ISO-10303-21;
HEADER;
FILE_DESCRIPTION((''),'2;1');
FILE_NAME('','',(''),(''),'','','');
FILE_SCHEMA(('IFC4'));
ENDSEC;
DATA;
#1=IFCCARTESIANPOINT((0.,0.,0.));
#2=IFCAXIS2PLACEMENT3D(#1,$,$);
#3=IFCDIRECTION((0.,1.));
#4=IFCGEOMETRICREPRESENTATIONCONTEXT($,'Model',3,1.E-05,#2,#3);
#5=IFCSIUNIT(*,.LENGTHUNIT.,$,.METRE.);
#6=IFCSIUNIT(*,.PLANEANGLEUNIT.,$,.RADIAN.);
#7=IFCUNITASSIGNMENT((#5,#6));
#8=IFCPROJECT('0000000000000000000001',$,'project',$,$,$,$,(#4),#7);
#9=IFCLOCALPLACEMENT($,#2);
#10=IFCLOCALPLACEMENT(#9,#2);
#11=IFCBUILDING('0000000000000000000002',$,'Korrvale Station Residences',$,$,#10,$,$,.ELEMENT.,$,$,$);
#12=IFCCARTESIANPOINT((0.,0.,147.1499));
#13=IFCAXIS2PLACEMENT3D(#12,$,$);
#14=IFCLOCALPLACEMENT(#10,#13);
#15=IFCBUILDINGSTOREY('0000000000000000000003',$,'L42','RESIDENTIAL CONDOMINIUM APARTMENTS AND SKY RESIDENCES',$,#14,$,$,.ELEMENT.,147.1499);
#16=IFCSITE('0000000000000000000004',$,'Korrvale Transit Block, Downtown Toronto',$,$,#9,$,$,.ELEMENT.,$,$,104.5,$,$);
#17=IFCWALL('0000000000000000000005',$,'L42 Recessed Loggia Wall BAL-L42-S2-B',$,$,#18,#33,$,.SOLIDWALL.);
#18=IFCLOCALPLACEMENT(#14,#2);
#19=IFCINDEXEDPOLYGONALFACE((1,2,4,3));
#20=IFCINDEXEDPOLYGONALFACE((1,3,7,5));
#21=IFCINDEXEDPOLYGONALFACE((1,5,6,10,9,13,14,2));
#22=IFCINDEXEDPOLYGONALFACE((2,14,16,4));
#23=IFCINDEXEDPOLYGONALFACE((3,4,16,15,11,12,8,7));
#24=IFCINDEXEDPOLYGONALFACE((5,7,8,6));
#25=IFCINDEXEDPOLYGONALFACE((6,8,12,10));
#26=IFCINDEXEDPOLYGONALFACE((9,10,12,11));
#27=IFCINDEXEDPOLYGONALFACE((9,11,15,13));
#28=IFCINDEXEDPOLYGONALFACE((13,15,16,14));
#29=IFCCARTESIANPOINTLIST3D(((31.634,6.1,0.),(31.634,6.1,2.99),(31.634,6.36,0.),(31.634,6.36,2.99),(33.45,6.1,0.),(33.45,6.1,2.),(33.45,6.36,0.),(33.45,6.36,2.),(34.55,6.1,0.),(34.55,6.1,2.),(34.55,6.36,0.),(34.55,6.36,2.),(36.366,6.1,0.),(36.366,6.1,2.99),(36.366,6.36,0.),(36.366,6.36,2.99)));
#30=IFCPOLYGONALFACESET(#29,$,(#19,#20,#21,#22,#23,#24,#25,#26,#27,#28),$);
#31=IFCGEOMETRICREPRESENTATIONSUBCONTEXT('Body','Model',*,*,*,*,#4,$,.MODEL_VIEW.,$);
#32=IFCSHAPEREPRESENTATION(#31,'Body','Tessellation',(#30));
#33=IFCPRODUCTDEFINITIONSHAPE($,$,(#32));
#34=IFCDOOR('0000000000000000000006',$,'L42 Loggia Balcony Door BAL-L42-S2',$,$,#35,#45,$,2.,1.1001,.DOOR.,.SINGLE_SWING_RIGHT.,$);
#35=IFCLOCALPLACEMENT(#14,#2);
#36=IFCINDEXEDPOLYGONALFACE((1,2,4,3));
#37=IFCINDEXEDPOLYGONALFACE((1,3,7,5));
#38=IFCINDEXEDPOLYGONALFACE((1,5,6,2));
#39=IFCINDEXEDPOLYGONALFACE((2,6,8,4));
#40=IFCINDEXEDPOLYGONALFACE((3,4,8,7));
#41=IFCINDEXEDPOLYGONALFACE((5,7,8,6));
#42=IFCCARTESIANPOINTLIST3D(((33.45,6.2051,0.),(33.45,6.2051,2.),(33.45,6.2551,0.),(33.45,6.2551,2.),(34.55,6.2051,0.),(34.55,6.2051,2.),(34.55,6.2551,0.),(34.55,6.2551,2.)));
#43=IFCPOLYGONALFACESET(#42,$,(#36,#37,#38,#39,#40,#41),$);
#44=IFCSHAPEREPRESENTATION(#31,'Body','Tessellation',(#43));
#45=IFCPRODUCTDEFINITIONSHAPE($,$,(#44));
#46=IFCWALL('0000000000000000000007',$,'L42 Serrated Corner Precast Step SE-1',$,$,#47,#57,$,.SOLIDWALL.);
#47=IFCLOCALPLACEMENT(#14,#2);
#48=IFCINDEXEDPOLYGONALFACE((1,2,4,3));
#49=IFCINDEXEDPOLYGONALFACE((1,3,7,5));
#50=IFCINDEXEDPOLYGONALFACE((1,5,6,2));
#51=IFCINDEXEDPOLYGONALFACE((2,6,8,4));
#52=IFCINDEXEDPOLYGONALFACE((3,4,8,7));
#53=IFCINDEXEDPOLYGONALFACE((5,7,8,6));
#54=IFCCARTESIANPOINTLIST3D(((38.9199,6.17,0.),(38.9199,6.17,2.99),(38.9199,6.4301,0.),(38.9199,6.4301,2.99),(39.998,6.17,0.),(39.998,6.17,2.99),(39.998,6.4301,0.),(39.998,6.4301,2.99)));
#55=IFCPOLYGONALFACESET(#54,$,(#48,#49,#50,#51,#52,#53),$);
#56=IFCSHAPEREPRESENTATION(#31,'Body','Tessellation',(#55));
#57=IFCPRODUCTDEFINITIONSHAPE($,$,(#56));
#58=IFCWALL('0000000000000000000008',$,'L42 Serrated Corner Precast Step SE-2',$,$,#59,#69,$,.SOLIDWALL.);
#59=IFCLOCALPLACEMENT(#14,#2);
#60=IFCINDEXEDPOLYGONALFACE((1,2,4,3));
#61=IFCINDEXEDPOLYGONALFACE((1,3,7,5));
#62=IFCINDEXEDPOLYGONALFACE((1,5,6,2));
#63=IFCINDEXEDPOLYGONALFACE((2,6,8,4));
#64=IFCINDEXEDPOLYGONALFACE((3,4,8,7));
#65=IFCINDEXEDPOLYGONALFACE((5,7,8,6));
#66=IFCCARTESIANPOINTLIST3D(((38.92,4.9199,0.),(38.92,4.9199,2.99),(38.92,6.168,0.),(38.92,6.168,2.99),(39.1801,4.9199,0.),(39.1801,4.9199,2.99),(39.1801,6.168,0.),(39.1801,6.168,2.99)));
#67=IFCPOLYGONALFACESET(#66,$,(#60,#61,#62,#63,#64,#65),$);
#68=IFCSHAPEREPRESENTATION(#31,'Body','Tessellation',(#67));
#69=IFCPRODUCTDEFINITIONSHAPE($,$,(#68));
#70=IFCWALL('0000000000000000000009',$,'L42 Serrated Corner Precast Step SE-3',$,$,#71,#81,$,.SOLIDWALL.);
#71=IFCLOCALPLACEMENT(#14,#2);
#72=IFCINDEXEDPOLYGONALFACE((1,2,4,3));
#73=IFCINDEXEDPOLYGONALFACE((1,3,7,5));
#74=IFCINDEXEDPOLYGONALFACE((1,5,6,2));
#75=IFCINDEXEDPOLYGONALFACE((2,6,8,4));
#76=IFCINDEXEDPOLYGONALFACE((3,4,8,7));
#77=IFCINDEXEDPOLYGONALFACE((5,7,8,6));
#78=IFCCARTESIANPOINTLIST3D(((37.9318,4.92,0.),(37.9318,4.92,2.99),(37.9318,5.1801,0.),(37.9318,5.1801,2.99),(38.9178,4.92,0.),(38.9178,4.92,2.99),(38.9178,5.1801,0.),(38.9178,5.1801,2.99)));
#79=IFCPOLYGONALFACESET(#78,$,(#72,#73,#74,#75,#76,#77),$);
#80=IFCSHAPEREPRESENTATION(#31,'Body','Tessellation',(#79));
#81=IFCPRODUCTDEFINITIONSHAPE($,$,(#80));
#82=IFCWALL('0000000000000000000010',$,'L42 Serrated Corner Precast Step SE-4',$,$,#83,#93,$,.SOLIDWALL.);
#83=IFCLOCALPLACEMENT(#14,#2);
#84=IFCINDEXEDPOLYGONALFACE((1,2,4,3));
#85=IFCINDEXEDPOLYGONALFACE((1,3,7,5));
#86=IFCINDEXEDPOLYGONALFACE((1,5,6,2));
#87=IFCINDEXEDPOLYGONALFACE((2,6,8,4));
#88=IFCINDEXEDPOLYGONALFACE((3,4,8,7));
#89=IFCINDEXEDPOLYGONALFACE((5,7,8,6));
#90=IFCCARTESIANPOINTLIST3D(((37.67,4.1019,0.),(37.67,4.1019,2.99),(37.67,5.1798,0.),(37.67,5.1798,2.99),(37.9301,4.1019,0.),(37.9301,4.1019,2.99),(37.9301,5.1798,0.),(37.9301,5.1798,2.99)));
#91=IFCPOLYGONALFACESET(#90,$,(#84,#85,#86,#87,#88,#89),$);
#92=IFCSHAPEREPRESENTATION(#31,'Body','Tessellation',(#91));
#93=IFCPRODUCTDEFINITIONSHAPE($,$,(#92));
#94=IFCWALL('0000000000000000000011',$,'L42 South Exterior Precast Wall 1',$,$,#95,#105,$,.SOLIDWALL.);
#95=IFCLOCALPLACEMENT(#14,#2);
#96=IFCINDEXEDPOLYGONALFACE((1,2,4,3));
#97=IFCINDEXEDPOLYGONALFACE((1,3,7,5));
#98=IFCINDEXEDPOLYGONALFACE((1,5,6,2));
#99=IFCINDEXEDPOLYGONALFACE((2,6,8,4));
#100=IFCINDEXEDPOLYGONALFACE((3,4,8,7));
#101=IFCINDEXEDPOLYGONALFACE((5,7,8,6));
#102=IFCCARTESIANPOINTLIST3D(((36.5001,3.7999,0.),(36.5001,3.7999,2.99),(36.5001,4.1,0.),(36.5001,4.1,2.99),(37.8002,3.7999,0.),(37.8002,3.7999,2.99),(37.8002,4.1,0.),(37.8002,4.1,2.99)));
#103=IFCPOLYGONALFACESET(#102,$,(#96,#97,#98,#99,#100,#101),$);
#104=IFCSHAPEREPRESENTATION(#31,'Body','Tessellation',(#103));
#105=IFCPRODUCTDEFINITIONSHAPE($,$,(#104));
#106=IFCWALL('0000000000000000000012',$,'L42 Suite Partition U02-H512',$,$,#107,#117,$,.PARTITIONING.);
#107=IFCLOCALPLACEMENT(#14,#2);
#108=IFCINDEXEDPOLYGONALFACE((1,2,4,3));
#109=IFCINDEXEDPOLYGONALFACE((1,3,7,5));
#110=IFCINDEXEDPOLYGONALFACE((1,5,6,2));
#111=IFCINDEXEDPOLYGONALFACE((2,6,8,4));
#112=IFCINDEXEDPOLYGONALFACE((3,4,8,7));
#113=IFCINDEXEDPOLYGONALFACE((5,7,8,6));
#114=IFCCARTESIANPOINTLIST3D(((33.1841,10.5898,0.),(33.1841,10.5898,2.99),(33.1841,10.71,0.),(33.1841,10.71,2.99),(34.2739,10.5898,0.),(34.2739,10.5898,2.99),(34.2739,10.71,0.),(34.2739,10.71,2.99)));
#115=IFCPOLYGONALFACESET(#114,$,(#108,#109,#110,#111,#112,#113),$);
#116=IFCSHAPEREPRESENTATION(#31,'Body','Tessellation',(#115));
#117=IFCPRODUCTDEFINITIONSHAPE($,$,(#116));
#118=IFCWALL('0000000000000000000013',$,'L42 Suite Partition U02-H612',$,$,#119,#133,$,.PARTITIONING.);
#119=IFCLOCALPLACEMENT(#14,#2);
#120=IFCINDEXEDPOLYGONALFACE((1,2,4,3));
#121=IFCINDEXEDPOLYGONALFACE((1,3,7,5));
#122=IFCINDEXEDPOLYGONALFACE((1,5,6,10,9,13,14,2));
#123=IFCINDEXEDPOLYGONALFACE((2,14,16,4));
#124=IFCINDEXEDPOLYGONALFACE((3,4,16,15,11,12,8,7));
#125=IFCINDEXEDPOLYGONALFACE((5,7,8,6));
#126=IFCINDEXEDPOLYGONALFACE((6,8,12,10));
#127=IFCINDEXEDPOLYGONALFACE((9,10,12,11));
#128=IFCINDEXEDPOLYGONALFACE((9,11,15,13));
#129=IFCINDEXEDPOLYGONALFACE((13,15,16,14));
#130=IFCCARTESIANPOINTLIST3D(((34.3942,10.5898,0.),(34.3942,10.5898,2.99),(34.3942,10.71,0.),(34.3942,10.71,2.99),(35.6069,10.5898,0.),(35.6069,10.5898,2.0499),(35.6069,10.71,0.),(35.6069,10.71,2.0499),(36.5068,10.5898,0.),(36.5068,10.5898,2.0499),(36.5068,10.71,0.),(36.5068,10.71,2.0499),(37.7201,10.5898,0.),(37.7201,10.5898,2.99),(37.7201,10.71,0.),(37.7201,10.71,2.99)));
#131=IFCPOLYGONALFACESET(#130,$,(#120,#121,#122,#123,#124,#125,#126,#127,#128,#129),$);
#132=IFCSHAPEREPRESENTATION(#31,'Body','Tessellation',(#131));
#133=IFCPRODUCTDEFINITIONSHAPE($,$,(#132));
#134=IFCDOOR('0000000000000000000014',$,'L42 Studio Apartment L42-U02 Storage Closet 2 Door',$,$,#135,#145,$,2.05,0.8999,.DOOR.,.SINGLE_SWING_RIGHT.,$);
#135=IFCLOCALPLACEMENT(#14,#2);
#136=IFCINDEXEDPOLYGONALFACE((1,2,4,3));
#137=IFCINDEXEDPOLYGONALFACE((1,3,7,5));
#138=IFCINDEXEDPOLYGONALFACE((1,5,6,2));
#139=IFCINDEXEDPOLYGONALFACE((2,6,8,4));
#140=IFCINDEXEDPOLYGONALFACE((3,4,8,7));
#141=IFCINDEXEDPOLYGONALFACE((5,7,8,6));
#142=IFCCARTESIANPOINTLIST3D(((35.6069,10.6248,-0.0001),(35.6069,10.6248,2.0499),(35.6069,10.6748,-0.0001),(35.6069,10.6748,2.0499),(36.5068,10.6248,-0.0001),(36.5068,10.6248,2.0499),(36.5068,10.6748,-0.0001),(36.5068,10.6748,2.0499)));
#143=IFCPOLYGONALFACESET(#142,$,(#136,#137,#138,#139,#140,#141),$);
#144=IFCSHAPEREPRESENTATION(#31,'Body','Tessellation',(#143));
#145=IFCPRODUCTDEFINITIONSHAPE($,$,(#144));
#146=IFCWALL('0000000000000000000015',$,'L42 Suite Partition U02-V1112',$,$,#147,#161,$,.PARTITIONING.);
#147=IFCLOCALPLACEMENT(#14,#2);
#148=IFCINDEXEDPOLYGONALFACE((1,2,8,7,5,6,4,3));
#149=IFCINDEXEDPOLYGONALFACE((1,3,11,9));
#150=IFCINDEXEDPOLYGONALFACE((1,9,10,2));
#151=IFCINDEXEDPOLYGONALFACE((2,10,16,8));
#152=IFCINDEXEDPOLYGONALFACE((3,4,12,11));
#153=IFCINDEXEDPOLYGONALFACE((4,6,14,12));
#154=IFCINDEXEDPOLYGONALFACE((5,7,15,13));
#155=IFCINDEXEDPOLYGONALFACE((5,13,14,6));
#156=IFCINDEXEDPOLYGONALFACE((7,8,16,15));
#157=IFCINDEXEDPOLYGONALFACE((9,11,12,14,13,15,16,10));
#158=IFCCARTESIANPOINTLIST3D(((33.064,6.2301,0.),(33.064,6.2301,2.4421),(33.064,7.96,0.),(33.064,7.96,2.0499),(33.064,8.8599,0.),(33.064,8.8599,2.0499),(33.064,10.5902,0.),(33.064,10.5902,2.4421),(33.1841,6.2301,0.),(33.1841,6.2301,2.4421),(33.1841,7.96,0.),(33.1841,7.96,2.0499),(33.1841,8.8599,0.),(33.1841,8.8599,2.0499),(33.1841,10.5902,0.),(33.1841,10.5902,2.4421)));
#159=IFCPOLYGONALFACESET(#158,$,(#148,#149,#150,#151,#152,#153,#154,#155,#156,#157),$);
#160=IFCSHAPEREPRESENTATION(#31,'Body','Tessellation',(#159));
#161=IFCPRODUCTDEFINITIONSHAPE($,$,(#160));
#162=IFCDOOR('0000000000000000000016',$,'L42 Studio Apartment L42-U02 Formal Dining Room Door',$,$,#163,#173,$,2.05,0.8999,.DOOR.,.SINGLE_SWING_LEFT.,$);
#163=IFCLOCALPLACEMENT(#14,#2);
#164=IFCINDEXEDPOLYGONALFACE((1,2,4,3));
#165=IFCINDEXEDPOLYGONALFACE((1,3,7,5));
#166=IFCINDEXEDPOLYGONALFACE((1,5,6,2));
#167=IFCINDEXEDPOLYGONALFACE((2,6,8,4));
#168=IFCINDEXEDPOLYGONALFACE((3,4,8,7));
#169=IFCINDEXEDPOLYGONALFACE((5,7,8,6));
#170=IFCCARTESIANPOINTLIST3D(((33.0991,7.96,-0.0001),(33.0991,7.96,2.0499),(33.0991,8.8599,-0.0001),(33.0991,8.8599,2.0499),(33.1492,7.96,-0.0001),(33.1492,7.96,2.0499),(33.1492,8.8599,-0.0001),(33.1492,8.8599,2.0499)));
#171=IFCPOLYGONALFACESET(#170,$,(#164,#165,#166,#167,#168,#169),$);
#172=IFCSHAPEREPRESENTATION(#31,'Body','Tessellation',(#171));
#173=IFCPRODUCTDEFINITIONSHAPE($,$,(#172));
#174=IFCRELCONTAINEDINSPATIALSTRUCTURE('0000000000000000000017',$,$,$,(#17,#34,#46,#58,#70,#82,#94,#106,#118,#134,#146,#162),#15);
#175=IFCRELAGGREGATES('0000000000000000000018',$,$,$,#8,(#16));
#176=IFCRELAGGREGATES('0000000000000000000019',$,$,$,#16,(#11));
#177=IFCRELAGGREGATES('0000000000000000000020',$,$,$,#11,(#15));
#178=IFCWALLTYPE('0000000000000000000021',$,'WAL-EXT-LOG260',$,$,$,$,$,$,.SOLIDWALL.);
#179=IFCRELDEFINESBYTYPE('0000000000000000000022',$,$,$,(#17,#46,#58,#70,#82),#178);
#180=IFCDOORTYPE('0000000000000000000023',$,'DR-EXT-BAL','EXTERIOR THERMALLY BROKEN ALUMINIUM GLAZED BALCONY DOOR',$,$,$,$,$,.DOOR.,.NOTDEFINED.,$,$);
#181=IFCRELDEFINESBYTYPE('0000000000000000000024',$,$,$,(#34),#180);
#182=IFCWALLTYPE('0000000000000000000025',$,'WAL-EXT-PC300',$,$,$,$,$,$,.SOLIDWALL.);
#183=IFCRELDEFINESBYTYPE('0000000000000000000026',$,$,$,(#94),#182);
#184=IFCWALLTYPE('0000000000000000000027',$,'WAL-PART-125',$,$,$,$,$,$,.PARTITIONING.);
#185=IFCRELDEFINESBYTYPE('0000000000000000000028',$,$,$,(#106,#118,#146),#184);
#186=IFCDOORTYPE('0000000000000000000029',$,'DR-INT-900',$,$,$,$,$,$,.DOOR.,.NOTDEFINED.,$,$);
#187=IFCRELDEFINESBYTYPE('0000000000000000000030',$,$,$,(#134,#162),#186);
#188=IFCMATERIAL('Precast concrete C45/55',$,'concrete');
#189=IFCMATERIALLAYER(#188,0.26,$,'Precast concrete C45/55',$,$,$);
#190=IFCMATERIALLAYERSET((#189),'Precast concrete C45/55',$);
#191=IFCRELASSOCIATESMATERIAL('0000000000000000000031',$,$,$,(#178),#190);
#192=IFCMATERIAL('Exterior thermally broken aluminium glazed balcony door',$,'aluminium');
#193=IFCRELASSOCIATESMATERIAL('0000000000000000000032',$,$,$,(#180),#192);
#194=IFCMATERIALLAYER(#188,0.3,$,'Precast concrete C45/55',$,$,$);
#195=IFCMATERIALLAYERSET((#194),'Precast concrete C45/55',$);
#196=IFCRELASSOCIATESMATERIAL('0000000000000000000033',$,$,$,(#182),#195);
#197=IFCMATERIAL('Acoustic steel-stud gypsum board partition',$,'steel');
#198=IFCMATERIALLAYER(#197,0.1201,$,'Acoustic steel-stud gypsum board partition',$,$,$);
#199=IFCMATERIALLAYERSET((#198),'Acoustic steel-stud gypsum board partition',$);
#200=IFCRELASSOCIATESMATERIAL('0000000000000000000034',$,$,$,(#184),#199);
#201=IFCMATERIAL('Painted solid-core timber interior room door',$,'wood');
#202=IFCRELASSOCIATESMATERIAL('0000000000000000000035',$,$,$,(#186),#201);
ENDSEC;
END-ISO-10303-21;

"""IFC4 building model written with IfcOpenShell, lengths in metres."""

from ifc_helpers import new_model, si_unit, direction, frame, frame_2d, origin, place, context, subcontext, project, spatial, rectangle, extrude, material, layer, layer_set, type_object, element, fill, save


model = new_model("IFC4")

# Units and contexts
model_context = context("Model", 3, precision=1e-05, world=origin(), true_north=direction((0.0, 1.0)))
body_context = subcontext(model_context, "Body", "Model", "MODEL_VIEW")
ifc_project = project(units=[si_unit("LENGTHUNIT", "METRE"), si_unit("PLANEANGLEUNIT", "RADIAN")], contexts=[model_context])

# Site, building, storey
site_placement = place(None, origin())
site = spatial("IfcSite", under=ifc_project, at=site_placement, Name="Korrvale Transit Block, Downtown Toronto", CompositionType="ELEMENT", RefElevation=104.5)
building_placement = place(site_placement, origin())
building = spatial("IfcBuilding", under=site, at=building_placement, Name="Korrvale Station Residences", CompositionType="ELEMENT")
storey_placement = place(building_placement, frame((0.0, 0.0, 147.1499)))
storey = spatial("IfcBuildingStorey", under=building, at=storey_placement, Name="L42", Description="RESIDENTIAL CONDOMINIUM APARTMENTS AND SKY RESIDENCES", CompositionType="ELEMENT", Elevation=147.1499)

# Shared definitions
ifc_material_1 = material(Name="Precast concrete C45/55", Category="concrete")
ifc_layer_1 = layer(ifc_material_1, 0.26, Name="Precast concrete C45/55")
ifc_layer_set_1 = layer_set([ifc_layer_1], Name="Precast concrete C45/55")
wall_type_1 = type_object("IfcWallType", Name="WAL-EXT-LOG260", PredefinedType="SOLIDWALL", material=ifc_layer_set_1)

# Wall, opening, door
wall_1_placement = place(storey_placement, frame((36.366, 6.23, 0.0), z_axis=(0.0, 0.0, 1.0), x_axis=(-1.0, 0.0, 0.0)))
wall_1 = element("IfcWall", 1, at=wall_1_placement, inside=storey, type_object=wall_type_1, Name="L42 Recessed Loggia Wall BAL-L42-S2-B", PredefinedType="SOLIDWALL", context=body_context, shape_type="SweptSolid", body=[
    extrude(rectangle(XDim=4.7319, YDim=0.26, at=frame_2d((2.366, 0.0))), origin(), (0.0, 0.0, 1.0), 2.99),
])
opening_1_placement = place(wall_1_placement, frame((1.8159, 0.0, 0.0)))
opening_1 = element("IfcOpeningElement", 2, at=opening_1_placement, cuts=wall_1, PredefinedType="OPENING", context=body_context, shape_type="SweptSolid", body=[
    extrude(rectangle(XDim=1.1001, YDim=2.0, at=frame_2d((0.55, 1.0))), frame((0.0, 0.1401, 0.0), z_axis=(0.0, -1.0, 0.0), x_axis=(1.0, 0.0, 0.0)), (0.0, 0.0, 1.0), 0.28),
])
ifc_material_2 = material(Name="Exterior thermally broken aluminium glazed balcony door", Category="aluminium")
door_type_1 = type_object("IfcDoorType", Name="DR-EXT-BAL", Description="EXTERIOR THERMALLY BROKEN ALUMINIUM GLAZED BALCONY DOOR", OperationType="NOTDEFINED", PredefinedType="DOOR", material=ifc_material_2)
door_1_placement = place(opening_1_placement, origin())
door_1 = element("IfcDoor", 3, at=door_1_placement, inside=storey, type_object=door_type_1, Name="L42 Loggia Balcony Door BAL-L42-S2", OperationType="SINGLE_SWING_RIGHT", OverallHeight=2.0, OverallWidth=1.1001, PredefinedType="DOOR", context=body_context, shape_type="SweptSolid", body=[
    extrude(rectangle(XDim=1.1001, YDim=2.0, at=frame_2d((0.55, 1.0))), frame((0.0, 0.0249, 0.0), z_axis=(0.0, -1.0, 0.0), x_axis=(1.0, 0.0, 0.0)), (0.0, 0.0, 1.0), 0.05),
])
fill(opening_1, door_1)

# Walls
wall_2_placement = place(storey_placement, frame((39.998, 6.3, 0.0), z_axis=(0.0, 0.0, 1.0), x_axis=(-1.0, 0.0, 0.0)))
element("IfcWall", 4, at=wall_2_placement, inside=storey, type_object=wall_type_1, Name="L42 Serrated Corner Precast Step SE-1", PredefinedType="SOLIDWALL", context=body_context, shape_type="SweptSolid", body=[
    extrude(rectangle(XDim=1.0781, YDim=0.26, at=frame_2d((0.5391, 0.0))), origin(), (0.0, 0.0, 1.0), 2.99),
])
wall_3_placement = place(storey_placement, frame((39.05, 6.168, 0.0), z_axis=(0.0, 0.0, 1.0), x_axis=(0.0, -1.0, 0.0)))
element("IfcWall", 5, at=wall_3_placement, inside=storey, type_object=wall_type_1, Name="L42 Serrated Corner Precast Step SE-2", PredefinedType="SOLIDWALL", context=body_context, shape_type="SweptSolid", body=[
    extrude(rectangle(XDim=1.248, YDim=0.26, at=frame_2d((0.624, 0.0))), origin(), (0.0, 0.0, 1.0), 2.99),
])
wall_4_placement = place(storey_placement, frame((38.918, 5.05, 0.0), z_axis=(0.0, 0.0, 1.0), x_axis=(-1.0, 0.0, 0.0)))
element("IfcWall", 6, at=wall_4_placement, inside=storey, type_object=wall_type_1, Name="L42 Serrated Corner Precast Step SE-3", PredefinedType="SOLIDWALL", context=body_context, shape_type="SweptSolid", body=[
    extrude(rectangle(XDim=0.9861, YDim=0.26, at=frame_2d((0.4932, 0.0))), origin(), (0.0, 0.0, 1.0), 2.99),
])
wall_5_placement = place(storey_placement, frame((37.8, 5.1799, 0.0), z_axis=(0.0, 0.0, 1.0), x_axis=(0.0, -1.0, 0.0)))
element("IfcWall", 7, at=wall_5_placement, inside=storey, type_object=wall_type_1, Name="L42 Serrated Corner Precast Step SE-4", PredefinedType="SOLIDWALL", context=body_context, shape_type="SweptSolid", body=[
    extrude(rectangle(XDim=1.0779, YDim=0.26, at=frame_2d((0.5391, 0.0))), origin(), (0.0, 0.0, 1.0), 2.99),
])
ifc_layer_2 = layer(ifc_material_1, 0.3, Name="Precast concrete C45/55")
ifc_layer_set_2 = layer_set([ifc_layer_2], Name="Precast concrete C45/55")
wall_type_2 = type_object("IfcWallType", Name="WAL-EXT-PC300", PredefinedType="SOLIDWALL", material=ifc_layer_set_2)
wall_6_placement = place(storey_placement, frame((37.8, 3.95, 0.0), z_axis=(0.0, 0.0, 1.0), x_axis=(-1.0, 0.0, 0.0)))
element("IfcWall", 8, at=wall_6_placement, inside=storey, type_object=wall_type_2, Name="L42 South Exterior Precast Wall 1", PredefinedType="SOLIDWALL", context=body_context, shape_type="SweptSolid", body=[
    extrude(rectangle(XDim=1.3, YDim=0.3, at=frame_2d((0.6499, 0.0))), origin(), (0.0, 0.0, 1.0), 2.99),
])
ifc_material_3 = material(Name="Acoustic steel-stud gypsum board partition", Category="steel")
ifc_layer_3 = layer(ifc_material_3, 0.1201, Name="Acoustic steel-stud gypsum board partition")
ifc_layer_set_3 = layer_set([ifc_layer_3], Name="Acoustic steel-stud gypsum board partition")
wall_type_3 = type_object("IfcWallType", Name="WAL-PART-125", PredefinedType="PARTITIONING", material=ifc_layer_set_3)
wall_7_placement = place(storey_placement, frame((33.1841, 10.6499, 0.0), z_axis=(0.0, 0.0, 1.0), x_axis=(1.0, 0.0, 0.0)))
element("IfcWall", 9, at=wall_7_placement, inside=storey, type_object=wall_type_3, Name="L42 Suite Partition U02-H512", PredefinedType="PARTITIONING", context=body_context, shape_type="SweptSolid", body=[
    extrude(rectangle(XDim=1.0898, YDim=0.1201, at=frame_2d((0.5449, 0.0))), origin(), (0.0, 0.0, 1.0), 2.99),
])

# Walls, openings, doors
wall_8_placement = place(storey_placement, frame((34.394, 10.6499, 0.0), z_axis=(0.0, 0.0, 1.0), x_axis=(1.0, 0.0, 0.0)))
wall_8 = element("IfcWall", 10, at=wall_8_placement, inside=storey, type_object=wall_type_3, Name="L42 Suite Partition U02-H612", PredefinedType="PARTITIONING", context=body_context, shape_type="SweptSolid", body=[
    extrude(rectangle(XDim=3.3259, YDim=0.1201, at=frame_2d((1.6631, 0.0))), origin(), (0.0, 0.0, 1.0), 2.99),
])
opening_2_placement = place(wall_8_placement, frame((1.2129, 0.0, 0.0)))
opening_2 = element("IfcOpeningElement", 11, at=opening_2_placement, cuts=wall_8, PredefinedType="OPENING", context=body_context, shape_type="SweptSolid", body=[
    extrude(rectangle(XDim=0.8999, YDim=2.05, at=frame_2d((0.45, 1.0249))), frame((0.0, 0.0701, 0.0), z_axis=(0.0, -1.0, 0.0), x_axis=(1.0, 0.0, 0.0)), (0.0, 0.0, 1.0), 0.1401),
])
ifc_material_4 = material(Name="Painted solid-core timber interior room door", Category="wood")
door_type_2 = type_object("IfcDoorType", Name="DR-INT-900", OperationType="NOTDEFINED", PredefinedType="DOOR", material=ifc_material_4)
door_2_placement = place(opening_2_placement, origin())
door_2 = element("IfcDoor", 12, at=door_2_placement, inside=storey, type_object=door_type_2, Name="L42 Studio Apartment L42-U02 Storage Closet 2 Door", OperationType="SINGLE_SWING_RIGHT", OverallHeight=2.05, OverallWidth=0.8999, PredefinedType="DOOR", context=body_context, shape_type="SweptSolid", body=[
    extrude(rectangle(XDim=0.8999, YDim=2.05, at=frame_2d((0.45, 1.0249))), frame((0.0, 0.0249, 0.0), z_axis=(0.0, -1.0, 0.0), x_axis=(1.0, 0.0, 0.0)), (0.0, 0.0, 1.0), 0.05),
])
fill(opening_2, door_2)
wall_9_placement = place(storey_placement, frame((33.124, 6.23, 0.0), z_axis=(0.0, 0.0, 1.0), x_axis=(0.0, 1.0, 0.0)))
wall_9 = element("IfcWall", 13, at=wall_9_placement, inside=storey, type_object=wall_type_3, Name="L42 Suite Partition U02-V1112", PredefinedType="PARTITIONING", context=body_context, shape_type="SweptSolid", body=[
    extrude(rectangle(XDim=4.3601, YDim=0.1201, at=frame_2d((2.1802, 0.0))), origin(), (0.0, 0.0, 1.0), 2.4421),
])
opening_3_placement = place(wall_9_placement, frame((1.73, 0.0, 0.0)))
opening_3 = element("IfcOpeningElement", 14, at=opening_3_placement, cuts=wall_9, PredefinedType="OPENING", context=body_context, shape_type="SweptSolid", body=[
    extrude(rectangle(XDim=0.8999, YDim=2.05, at=frame_2d((0.45, 1.0249))), frame((0.0, 0.0701, 0.0), z_axis=(0.0, -1.0, 0.0), x_axis=(1.0, 0.0, 0.0)), (0.0, 0.0, 1.0), 0.1401),
])
door_3_placement = place(opening_3_placement, origin())
door_3 = element("IfcDoor", 15, at=door_3_placement, inside=storey, type_object=door_type_2, Name="L42 Studio Apartment L42-U02 Formal Dining Room Door", OperationType="SINGLE_SWING_LEFT", OverallHeight=2.05, OverallWidth=0.8999, PredefinedType="DOOR", context=body_context, shape_type="SweptSolid", body=[
    extrude(rectangle(XDim=0.8999, YDim=2.05, at=frame_2d((0.45, 1.0249))), frame((0.0, 0.0249, 0.0), z_axis=(0.0, -1.0, 0.0), x_axis=(1.0, 0.0, 0.0)), (0.0, 0.0, 1.0), 0.05),
])
fill(opening_3, door_3)

save(model, "model.ifc")
